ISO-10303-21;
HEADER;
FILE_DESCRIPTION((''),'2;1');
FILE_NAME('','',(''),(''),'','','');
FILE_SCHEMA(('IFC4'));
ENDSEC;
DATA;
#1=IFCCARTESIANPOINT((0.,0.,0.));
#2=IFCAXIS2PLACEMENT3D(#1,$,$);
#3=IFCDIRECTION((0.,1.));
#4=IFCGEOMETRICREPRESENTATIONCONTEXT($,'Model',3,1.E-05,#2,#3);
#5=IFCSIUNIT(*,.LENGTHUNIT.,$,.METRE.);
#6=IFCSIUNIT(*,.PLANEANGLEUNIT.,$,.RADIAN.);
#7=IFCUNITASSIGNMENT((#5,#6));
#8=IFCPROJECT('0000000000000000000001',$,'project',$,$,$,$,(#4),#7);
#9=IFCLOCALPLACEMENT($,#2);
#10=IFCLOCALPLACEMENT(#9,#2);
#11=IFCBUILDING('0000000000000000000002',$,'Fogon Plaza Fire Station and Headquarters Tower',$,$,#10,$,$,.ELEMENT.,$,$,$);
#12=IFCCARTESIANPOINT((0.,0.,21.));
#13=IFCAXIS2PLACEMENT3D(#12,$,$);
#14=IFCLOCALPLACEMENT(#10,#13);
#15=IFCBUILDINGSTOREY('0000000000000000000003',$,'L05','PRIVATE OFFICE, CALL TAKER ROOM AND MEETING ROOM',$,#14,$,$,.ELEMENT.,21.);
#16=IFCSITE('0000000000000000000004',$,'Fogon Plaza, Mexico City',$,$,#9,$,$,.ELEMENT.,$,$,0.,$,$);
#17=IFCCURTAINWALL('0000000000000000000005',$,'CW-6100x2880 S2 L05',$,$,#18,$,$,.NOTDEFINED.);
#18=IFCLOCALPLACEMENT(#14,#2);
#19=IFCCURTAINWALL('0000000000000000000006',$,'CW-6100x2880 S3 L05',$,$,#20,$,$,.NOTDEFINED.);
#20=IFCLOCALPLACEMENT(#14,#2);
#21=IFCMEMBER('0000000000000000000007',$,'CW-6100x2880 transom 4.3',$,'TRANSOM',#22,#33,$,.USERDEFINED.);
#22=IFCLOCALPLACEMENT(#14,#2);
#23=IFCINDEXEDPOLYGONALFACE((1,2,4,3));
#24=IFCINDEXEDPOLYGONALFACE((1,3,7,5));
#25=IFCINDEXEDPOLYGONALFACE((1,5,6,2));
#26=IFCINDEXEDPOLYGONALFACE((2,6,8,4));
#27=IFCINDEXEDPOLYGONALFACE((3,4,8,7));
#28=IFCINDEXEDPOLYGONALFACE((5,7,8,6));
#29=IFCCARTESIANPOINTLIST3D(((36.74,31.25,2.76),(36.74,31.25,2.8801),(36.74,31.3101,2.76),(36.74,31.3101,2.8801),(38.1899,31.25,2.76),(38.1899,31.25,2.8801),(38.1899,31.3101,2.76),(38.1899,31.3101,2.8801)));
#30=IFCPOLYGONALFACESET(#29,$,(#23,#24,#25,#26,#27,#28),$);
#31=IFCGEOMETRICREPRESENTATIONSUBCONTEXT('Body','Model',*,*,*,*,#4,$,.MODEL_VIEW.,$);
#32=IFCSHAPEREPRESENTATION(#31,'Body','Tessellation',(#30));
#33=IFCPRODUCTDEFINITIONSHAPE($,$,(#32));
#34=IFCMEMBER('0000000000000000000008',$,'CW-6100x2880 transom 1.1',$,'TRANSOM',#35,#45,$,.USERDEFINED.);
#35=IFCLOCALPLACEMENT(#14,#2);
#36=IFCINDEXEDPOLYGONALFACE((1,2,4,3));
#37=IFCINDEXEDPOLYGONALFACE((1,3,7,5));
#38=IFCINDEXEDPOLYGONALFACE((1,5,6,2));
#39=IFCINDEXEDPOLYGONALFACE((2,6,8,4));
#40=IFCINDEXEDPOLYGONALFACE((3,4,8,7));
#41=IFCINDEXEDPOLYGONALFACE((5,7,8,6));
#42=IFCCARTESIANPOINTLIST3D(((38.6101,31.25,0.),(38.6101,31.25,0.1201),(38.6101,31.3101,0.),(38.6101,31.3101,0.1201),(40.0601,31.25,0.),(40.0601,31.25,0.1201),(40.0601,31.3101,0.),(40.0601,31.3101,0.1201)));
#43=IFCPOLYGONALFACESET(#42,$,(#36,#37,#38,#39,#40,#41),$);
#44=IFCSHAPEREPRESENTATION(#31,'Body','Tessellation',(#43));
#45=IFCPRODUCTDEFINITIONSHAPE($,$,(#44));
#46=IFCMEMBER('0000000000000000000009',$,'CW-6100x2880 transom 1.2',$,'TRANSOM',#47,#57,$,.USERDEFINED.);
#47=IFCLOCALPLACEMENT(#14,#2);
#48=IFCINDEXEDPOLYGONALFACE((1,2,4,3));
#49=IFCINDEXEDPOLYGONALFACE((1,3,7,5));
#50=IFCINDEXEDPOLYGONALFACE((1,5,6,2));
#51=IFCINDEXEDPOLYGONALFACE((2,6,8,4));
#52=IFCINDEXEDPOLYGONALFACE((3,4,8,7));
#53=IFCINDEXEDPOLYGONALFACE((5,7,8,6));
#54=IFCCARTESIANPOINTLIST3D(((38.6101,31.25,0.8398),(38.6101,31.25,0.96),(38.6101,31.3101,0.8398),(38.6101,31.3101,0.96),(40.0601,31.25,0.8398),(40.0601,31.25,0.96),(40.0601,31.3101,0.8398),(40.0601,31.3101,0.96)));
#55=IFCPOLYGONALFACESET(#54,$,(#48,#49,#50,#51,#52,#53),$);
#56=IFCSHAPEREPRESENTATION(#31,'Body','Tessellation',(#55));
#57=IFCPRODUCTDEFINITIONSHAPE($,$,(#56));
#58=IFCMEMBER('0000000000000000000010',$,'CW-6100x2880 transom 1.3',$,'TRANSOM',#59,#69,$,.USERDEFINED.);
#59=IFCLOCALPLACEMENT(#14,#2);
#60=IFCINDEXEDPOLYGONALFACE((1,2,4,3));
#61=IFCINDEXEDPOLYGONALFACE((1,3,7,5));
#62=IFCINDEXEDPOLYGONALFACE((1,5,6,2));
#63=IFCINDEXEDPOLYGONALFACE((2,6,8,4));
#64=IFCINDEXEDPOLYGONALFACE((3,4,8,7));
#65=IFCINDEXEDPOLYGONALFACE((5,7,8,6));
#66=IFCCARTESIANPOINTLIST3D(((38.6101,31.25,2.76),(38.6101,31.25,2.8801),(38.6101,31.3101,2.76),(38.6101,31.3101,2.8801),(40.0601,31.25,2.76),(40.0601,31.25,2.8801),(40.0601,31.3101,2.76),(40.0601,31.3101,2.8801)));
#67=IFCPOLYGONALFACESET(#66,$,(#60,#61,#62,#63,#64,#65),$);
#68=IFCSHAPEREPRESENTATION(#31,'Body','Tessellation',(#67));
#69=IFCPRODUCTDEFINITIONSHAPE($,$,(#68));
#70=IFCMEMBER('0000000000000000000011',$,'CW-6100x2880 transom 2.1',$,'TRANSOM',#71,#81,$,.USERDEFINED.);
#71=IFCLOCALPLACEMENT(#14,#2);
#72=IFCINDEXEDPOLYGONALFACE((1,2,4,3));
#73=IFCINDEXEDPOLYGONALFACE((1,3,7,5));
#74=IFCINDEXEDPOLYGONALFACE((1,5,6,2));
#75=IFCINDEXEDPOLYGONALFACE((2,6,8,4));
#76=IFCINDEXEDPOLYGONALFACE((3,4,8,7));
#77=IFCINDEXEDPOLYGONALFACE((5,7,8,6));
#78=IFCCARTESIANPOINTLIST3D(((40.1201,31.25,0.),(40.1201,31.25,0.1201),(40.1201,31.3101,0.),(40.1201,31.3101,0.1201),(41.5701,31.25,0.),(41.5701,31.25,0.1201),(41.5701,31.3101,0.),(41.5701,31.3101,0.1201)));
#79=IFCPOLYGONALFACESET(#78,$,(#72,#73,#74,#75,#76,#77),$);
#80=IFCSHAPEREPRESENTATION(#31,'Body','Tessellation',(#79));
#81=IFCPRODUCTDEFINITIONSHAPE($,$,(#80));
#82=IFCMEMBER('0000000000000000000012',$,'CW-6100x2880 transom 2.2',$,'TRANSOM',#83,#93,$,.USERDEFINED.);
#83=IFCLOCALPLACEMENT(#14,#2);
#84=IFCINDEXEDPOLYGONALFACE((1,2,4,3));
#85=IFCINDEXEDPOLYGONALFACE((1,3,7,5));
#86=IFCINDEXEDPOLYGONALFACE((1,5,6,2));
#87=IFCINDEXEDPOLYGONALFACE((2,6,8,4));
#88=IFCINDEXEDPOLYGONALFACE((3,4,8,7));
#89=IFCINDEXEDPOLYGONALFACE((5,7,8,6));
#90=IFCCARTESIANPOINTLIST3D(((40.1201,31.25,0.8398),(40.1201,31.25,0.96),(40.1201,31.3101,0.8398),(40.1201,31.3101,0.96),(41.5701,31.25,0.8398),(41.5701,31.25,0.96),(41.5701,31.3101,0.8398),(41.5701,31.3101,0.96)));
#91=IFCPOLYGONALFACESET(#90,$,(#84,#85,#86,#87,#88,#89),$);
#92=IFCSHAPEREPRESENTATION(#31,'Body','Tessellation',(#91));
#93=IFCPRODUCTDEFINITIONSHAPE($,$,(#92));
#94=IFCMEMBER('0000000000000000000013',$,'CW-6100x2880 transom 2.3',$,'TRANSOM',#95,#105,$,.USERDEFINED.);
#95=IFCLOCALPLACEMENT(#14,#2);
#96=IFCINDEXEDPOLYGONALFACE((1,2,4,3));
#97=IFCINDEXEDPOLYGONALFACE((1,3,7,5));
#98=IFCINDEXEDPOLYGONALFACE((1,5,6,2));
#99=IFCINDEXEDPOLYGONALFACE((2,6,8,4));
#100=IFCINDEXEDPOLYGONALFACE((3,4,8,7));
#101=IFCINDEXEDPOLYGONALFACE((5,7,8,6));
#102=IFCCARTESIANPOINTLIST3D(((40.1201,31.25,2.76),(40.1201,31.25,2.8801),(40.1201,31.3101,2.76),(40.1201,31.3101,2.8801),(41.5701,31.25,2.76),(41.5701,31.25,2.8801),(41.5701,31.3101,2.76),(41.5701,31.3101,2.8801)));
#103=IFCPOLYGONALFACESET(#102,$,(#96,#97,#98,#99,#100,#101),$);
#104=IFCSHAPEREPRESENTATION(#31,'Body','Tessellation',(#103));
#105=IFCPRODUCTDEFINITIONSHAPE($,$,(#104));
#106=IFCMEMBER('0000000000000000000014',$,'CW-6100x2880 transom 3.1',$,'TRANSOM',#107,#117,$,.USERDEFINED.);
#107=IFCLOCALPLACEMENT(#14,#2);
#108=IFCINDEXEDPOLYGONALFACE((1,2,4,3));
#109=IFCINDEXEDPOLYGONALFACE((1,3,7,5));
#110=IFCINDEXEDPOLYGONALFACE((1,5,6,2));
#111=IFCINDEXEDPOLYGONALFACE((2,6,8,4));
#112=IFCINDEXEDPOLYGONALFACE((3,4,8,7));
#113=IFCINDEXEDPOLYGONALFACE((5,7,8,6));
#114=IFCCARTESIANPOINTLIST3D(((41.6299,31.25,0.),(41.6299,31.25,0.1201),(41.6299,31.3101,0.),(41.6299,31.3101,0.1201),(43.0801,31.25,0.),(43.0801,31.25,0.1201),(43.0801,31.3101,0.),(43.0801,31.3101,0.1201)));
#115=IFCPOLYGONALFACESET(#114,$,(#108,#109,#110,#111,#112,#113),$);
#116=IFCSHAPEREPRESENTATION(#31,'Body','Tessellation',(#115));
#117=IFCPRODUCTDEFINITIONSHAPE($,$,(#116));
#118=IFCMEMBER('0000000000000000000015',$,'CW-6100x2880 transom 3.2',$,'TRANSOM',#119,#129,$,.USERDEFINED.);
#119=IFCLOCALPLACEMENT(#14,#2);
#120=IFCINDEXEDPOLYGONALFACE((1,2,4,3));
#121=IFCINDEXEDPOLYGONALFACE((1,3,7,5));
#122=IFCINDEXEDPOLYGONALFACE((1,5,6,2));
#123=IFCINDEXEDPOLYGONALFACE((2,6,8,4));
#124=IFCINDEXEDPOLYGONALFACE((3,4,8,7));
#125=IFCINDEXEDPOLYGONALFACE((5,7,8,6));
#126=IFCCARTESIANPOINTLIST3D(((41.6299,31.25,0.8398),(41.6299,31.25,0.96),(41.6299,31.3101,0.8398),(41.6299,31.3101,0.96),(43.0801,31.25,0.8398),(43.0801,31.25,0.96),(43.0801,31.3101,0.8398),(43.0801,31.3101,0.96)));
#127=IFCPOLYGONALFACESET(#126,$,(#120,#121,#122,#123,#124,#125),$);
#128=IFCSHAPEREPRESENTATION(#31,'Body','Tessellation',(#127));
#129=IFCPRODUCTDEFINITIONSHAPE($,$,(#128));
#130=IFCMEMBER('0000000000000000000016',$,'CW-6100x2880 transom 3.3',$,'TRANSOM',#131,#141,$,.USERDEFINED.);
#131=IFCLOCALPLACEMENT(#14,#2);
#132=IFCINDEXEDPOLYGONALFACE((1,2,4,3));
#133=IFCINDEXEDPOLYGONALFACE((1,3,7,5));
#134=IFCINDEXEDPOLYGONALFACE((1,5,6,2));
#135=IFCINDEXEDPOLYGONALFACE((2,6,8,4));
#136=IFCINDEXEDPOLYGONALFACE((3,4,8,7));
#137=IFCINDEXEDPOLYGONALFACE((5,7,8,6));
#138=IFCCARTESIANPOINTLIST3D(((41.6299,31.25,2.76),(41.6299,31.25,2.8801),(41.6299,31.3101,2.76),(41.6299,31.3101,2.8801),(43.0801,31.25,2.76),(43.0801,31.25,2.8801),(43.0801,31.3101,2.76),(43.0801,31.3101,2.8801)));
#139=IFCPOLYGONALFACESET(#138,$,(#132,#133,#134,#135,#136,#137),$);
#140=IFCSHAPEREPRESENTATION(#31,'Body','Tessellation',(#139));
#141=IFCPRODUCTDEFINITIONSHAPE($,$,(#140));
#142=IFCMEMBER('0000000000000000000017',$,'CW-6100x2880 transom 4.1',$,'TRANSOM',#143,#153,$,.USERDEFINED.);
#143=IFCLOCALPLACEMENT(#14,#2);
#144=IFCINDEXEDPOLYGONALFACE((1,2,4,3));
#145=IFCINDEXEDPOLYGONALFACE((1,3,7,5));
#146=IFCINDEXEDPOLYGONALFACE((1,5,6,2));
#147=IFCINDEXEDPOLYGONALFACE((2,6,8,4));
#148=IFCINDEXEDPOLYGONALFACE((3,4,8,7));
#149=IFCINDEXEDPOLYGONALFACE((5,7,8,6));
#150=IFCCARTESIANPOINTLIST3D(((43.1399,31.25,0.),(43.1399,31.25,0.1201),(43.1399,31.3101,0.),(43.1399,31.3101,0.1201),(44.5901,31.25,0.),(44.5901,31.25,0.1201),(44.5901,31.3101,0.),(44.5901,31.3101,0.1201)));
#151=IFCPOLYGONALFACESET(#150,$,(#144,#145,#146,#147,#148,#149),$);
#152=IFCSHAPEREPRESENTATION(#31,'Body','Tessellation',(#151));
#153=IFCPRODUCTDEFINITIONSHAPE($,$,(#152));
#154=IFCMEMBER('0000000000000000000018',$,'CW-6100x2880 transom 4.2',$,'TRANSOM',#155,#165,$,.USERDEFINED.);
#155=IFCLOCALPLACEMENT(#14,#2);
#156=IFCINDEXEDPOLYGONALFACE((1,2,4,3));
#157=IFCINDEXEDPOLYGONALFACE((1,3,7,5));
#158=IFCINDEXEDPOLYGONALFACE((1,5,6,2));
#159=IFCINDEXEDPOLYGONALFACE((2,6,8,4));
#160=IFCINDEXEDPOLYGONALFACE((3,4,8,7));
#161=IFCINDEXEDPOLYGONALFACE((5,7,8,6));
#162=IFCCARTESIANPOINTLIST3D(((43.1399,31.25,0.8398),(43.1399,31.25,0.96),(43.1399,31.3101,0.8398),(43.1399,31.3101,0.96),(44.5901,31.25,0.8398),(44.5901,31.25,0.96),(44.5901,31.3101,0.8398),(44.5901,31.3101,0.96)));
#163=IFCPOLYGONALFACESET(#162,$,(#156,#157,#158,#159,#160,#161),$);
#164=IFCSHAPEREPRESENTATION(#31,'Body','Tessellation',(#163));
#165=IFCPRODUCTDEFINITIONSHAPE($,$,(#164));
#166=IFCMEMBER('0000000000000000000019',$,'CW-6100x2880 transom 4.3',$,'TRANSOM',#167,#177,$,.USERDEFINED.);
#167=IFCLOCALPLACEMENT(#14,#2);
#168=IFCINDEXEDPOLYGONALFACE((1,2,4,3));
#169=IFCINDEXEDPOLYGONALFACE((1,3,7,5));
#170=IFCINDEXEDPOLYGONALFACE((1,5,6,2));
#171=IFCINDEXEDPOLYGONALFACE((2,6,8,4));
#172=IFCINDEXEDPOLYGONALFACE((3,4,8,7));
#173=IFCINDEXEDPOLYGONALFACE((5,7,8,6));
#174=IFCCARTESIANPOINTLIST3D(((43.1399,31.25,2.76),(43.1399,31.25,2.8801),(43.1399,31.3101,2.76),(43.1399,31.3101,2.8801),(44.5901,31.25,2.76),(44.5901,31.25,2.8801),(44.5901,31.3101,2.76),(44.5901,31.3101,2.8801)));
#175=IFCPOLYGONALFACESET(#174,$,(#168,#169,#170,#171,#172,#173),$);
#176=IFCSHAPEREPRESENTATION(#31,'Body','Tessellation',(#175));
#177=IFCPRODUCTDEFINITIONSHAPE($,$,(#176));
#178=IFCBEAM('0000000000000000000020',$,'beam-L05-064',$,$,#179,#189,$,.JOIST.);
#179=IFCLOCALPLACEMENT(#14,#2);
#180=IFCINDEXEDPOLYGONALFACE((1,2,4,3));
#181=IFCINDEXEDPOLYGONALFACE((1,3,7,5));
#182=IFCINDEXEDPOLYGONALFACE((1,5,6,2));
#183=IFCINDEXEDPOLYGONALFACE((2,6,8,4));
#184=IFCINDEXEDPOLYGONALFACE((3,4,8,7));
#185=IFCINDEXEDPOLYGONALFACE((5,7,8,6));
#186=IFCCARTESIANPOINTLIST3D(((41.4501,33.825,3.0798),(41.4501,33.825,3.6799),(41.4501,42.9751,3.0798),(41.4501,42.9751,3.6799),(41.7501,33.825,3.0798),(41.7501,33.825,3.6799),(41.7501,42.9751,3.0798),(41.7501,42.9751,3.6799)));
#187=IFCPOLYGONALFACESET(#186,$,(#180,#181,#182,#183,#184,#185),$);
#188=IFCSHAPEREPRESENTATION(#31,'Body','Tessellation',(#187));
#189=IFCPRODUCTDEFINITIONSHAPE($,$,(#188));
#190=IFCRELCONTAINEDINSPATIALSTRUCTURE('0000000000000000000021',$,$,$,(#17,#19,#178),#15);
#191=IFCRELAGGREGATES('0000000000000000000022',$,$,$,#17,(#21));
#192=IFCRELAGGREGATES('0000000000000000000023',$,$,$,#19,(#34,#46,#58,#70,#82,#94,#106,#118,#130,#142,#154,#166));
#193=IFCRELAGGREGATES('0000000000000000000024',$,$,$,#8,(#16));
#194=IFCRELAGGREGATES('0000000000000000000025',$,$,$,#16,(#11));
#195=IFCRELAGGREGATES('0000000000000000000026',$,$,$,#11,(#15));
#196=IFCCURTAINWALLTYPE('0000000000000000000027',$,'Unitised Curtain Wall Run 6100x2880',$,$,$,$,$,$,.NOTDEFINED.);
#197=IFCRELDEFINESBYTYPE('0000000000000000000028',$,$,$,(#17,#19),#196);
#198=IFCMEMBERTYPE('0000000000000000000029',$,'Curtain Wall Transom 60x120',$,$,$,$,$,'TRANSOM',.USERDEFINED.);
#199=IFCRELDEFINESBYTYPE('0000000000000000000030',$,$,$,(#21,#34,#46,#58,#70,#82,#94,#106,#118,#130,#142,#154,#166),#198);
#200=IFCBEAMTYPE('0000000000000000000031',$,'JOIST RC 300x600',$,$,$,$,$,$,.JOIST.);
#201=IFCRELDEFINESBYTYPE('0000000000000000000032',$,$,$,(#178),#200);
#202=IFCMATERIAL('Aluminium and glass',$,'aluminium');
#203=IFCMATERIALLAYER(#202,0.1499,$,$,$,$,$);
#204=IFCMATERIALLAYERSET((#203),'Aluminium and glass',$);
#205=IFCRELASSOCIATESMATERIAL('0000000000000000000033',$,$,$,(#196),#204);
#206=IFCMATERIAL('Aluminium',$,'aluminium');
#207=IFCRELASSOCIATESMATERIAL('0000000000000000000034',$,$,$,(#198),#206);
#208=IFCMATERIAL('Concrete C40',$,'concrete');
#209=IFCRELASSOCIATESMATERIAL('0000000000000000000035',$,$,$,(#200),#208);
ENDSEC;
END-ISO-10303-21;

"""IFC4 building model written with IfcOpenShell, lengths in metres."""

from ifc_helpers import new_model, si_unit, direction, frame, origin, origin_2d, place, context, subcontext, project, spatial, rectangle, extrude, material, layer, layer_set, material_profile, profile_set, type_object, element, aggregate, save


model = new_model("IFC4")

# Units and contexts
model_context = context("Model", 3, precision=1e-05, world=origin(), true_north=direction((0.0, 1.0)))
body_context = subcontext(model_context, "Body", "Model", "MODEL_VIEW")
ifc_project = project(units=[si_unit("LENGTHUNIT", "METRE"), si_unit("PLANEANGLEUNIT", "RADIAN")], contexts=[model_context])

# Site, building, storey
site_placement = place(None, origin())
site = spatial("IfcSite", under=ifc_project, at=site_placement, Name="Fogon Plaza, Mexico City", CompositionType="ELEMENT", RefElevation=0.0)
building_placement = place(site_placement, origin())
building = spatial("IfcBuilding", under=site, at=building_placement, Name="Fogon Plaza Fire Station and Headquarters Tower", CompositionType="ELEMENT")
storey_placement = place(building_placement, frame((0.0, 0.0, 21.0)))
storey = spatial("IfcBuildingStorey", under=building, at=storey_placement, Name="L05", Description="PRIVATE OFFICE, CALL TAKER ROOM AND MEETING ROOM", CompositionType="ELEMENT", Elevation=21.0)

# Curtain walls
ifc_material_1 = material(Name="Aluminium and glass", Category="aluminium")
ifc_layer_1 = layer(ifc_material_1, 0.1499)
ifc_layer_set_1 = layer_set([ifc_layer_1], Name="Aluminium and glass")
curtain_wall_type = type_object("IfcCurtainWallType", Name="Unitised Curtain Wall Run 6100x2880", PredefinedType="NOTDEFINED", material=ifc_layer_set_1)
curtain_wall_1_placement = place(storey_placement, origin())
curtain_wall_1 = element("IfcCurtainWall", 1, at=curtain_wall_1_placement, inside=storey, type_object=curtain_wall_type, Name="CW-6100x2880 S2 L05", PredefinedType="NOTDEFINED")
curtain_wall_2_placement = place(storey_placement, origin())
curtain_wall_2 = element("IfcCurtainWall", 2, at=curtain_wall_2_placement, inside=storey, type_object=curtain_wall_type, Name="CW-6100x2880 S3 L05", PredefinedType="NOTDEFINED")

# Members
ifc_material_2 = material(Name="Aluminium", Category="aluminium")
ifc_material_profile_1 = material_profile(ifc_material_2, rectangle(XDim=0.0601, YDim=0.1201, at=origin_2d()), Name="Curtain Wall Transom 60x120")
ifc_profile_set_1 = profile_set([ifc_material_profile_1], Name="Aluminium")
member_type_1 = type_object("IfcMemberType", Name="Curtain Wall Transom 60x120", ElementType="TRANSOM", PredefinedType="USERDEFINED", material=ifc_profile_set_1)
member_1_placement = place(storey_placement, frame((36.74, 31.28, 2.8201), z_axis=(1.0, 0.0, 0.0), x_axis=(0.0, 1.0, 0.0)))
member_1 = element("IfcMember", 3, at=member_1_placement, type_object=member_type_1, Name="CW-6100x2880 transom 4.3", ObjectType="TRANSOM", PredefinedType="USERDEFINED", context=body_context, shape_type="SweptSolid", body=[
    extrude(rectangle(XDim=0.0601, YDim=0.1201, at=origin_2d()), origin(), (0.0, 0.0, 1.0), 1.45),
])
member_2_placement = place(storey_placement, frame((38.6101, 31.28, 0.0601), z_axis=(1.0, 0.0, 0.0), x_axis=(0.0, 1.0, 0.0)))
member_2 = element("IfcMember", 4, at=member_2_placement, type_object=member_type_1, Name="CW-6100x2880 transom 1.1", ObjectType="TRANSOM", PredefinedType="USERDEFINED", context=body_context, shape_type="SweptSolid", body=[
    extrude(rectangle(XDim=0.0601, YDim=0.1201, at=origin_2d()), origin(), (0.0, 0.0, 1.0), 1.45),
])
member_3_placement = place(storey_placement, frame((38.6101, 31.28, 0.8999), z_axis=(1.0, 0.0, 0.0), x_axis=(0.0, 1.0, 0.0)))
member_3 = element("IfcMember", 5, at=member_3_placement, type_object=member_type_1, Name="CW-6100x2880 transom 1.2", ObjectType="TRANSOM", PredefinedType="USERDEFINED", context=body_context, shape_type="SweptSolid", body=[
    extrude(rectangle(XDim=0.0601, YDim=0.1201, at=origin_2d()), origin(), (0.0, 0.0, 1.0), 1.45),
])
member_4_placement = place(storey_placement, frame((38.6101, 31.28, 2.8201), z_axis=(1.0, 0.0, 0.0), x_axis=(0.0, 1.0, 0.0)))
member_4 = element("IfcMember", 6, at=member_4_placement, type_object=member_type_1, Name="CW-6100x2880 transom 1.3", ObjectType="TRANSOM", PredefinedType="USERDEFINED", context=body_context, shape_type="SweptSolid", body=[
    extrude(rectangle(XDim=0.0601, YDim=0.1201, at=origin_2d()), origin(), (0.0, 0.0, 1.0), 1.45),
])
member_5_placement = place(storey_placement, frame((40.1201, 31.28, 0.0601), z_axis=(1.0, 0.0, 0.0), x_axis=(0.0, 1.0, 0.0)))
member_5 = element("IfcMember", 7, at=member_5_placement, type_object=member_type_1, Name="CW-6100x2880 transom 2.1", ObjectType="TRANSOM", PredefinedType="USERDEFINED", context=body_context, shape_type="SweptSolid", body=[
    extrude(rectangle(XDim=0.0601, YDim=0.1201, at=origin_2d()), origin(), (0.0, 0.0, 1.0), 1.45),
])
member_6_placement = place(storey_placement, frame((40.1201, 31.28, 0.8999), z_axis=(1.0, 0.0, 0.0), x_axis=(0.0, 1.0, 0.0)))
member_6 = element("IfcMember", 8, at=member_6_placement, type_object=member_type_1, Name="CW-6100x2880 transom 2.2", ObjectType="TRANSOM", PredefinedType="USERDEFINED", context=body_context, shape_type="SweptSolid", body=[
    extrude(rectangle(XDim=0.0601, YDim=0.1201, at=origin_2d()), origin(), (0.0, 0.0, 1.0), 1.45),
])
member_7_placement = place(storey_placement, frame((40.1201, 31.28, 2.8201), z_axis=(1.0, 0.0, 0.0), x_axis=(0.0, 1.0, 0.0)))
member_7 = element("IfcMember", 9, at=member_7_placement, type_object=member_type_1, Name="CW-6100x2880 transom 2.3", ObjectType="TRANSOM", PredefinedType="USERDEFINED", context=body_context, shape_type="SweptSolid", body=[
    extrude(rectangle(XDim=0.0601, YDim=0.1201, at=origin_2d()), origin(), (0.0, 0.0, 1.0), 1.45),
])
member_8_placement = place(storey_placement, frame((41.6299, 31.28, 0.0601), z_axis=(1.0, 0.0, 0.0), x_axis=(0.0, 1.0, 0.0)))
member_8 = element("IfcMember", 10, at=member_8_placement, type_object=member_type_1, Name="CW-6100x2880 transom 3.1", ObjectType="TRANSOM", PredefinedType="USERDEFINED", context=body_context, shape_type="SweptSolid", body=[
    extrude(rectangle(XDim=0.0601, YDim=0.1201, at=origin_2d()), origin(), (0.0, 0.0, 1.0), 1.4502),
])
member_9_placement = place(storey_placement, frame((41.6299, 31.28, 0.8999), z_axis=(1.0, 0.0, 0.0), x_axis=(0.0, 1.0, 0.0)))
member_9 = element("IfcMember", 11, at=member_9_placement, type_object=member_type_1, Name="CW-6100x2880 transom 3.2", ObjectType="TRANSOM", PredefinedType="USERDEFINED", context=body_context, shape_type="SweptSolid", body=[
    extrude(rectangle(XDim=0.0601, YDim=0.1201, at=origin_2d()), origin(), (0.0, 0.0, 1.0), 1.4502),
])
member_10_placement = place(storey_placement, frame((41.6299, 31.28, 2.8201), z_axis=(1.0, 0.0, 0.0), x_axis=(0.0, 1.0, 0.0)))
member_10 = element("IfcMember", 12, at=member_10_placement, type_object=member_type_1, Name="CW-6100x2880 transom 3.3", ObjectType="TRANSOM", PredefinedType="USERDEFINED", context=body_context, shape_type="SweptSolid", body=[
    extrude(rectangle(XDim=0.0601, YDim=0.1201, at=origin_2d()), origin(), (0.0, 0.0, 1.0), 1.4502),
])
member_11_placement = place(storey_placement, frame((43.1399, 31.28, 0.0601), z_axis=(1.0, 0.0, 0.0), x_axis=(0.0, 1.0, 0.0)))
member_11 = element("IfcMember", 13, at=member_11_placement, type_object=member_type_1, Name="CW-6100x2880 transom 4.1", ObjectType="TRANSOM", PredefinedType="USERDEFINED", context=body_context, shape_type="SweptSolid", body=[
    extrude(rectangle(XDim=0.0601, YDim=0.1201, at=origin_2d()), origin(), (0.0, 0.0, 1.0), 1.4502),
])
member_12_placement = place(storey_placement, frame((43.1399, 31.28, 0.8999), z_axis=(1.0, 0.0, 0.0), x_axis=(0.0, 1.0, 0.0)))
member_12 = element("IfcMember", 14, at=member_12_placement, type_object=member_type_1, Name="CW-6100x2880 transom 4.2", ObjectType="TRANSOM", PredefinedType="USERDEFINED", context=body_context, shape_type="SweptSolid", body=[
    extrude(rectangle(XDim=0.0601, YDim=0.1201, at=origin_2d()), origin(), (0.0, 0.0, 1.0), 1.4502),
])
member_13_placement = place(storey_placement, frame((43.1399, 31.28, 2.8201), z_axis=(1.0, 0.0, 0.0), x_axis=(0.0, 1.0, 0.0)))
member_13 = element("IfcMember", 15, at=member_13_placement, type_object=member_type_1, Name="CW-6100x2880 transom 4.3", ObjectType="TRANSOM", PredefinedType="USERDEFINED", context=body_context, shape_type="SweptSolid", body=[
    extrude(rectangle(XDim=0.0601, YDim=0.1201, at=origin_2d()), origin(), (0.0, 0.0, 1.0), 1.4502),
])

# Beam
ifc_material_3 = material(Name="Concrete C40", Category="concrete")
ifc_material_profile_2 = material_profile(ifc_material_3, rectangle(XDim=0.3, YDim=0.6001, at=origin_2d()), Name="RC 300x600")
ifc_profile_set_2 = profile_set([ifc_material_profile_2], Name="Concrete C40")
beam_type_1 = type_object("IfcBeamType", Name="JOIST RC 300x600", PredefinedType="JOIST", material=ifc_profile_set_2)
beam_1_placement = place(storey_placement, frame((41.6001, 33.825, 3.3799), z_axis=(0.0, 1.0, 0.0), x_axis=(-1.0, 0.0, 0.0)))
element("IfcBeam", 16, at=beam_1_placement, inside=storey, type_object=beam_type_1, Name="beam-L05-064", PredefinedType="JOIST", context=body_context, shape_type="SweptSolid", body=[
    extrude(rectangle(XDim=0.3, YDim=0.6001, at=origin_2d()), origin(), (0.0, 0.0, 1.0), 9.1501),
])

aggregate(curtain_wall_1, [member_1])
aggregate(curtain_wall_2, [member_2, member_3, member_4, member_5, member_6, member_7, member_8, member_9, member_10, member_11, member_12, member_13])

save(model, "model.ifc")
